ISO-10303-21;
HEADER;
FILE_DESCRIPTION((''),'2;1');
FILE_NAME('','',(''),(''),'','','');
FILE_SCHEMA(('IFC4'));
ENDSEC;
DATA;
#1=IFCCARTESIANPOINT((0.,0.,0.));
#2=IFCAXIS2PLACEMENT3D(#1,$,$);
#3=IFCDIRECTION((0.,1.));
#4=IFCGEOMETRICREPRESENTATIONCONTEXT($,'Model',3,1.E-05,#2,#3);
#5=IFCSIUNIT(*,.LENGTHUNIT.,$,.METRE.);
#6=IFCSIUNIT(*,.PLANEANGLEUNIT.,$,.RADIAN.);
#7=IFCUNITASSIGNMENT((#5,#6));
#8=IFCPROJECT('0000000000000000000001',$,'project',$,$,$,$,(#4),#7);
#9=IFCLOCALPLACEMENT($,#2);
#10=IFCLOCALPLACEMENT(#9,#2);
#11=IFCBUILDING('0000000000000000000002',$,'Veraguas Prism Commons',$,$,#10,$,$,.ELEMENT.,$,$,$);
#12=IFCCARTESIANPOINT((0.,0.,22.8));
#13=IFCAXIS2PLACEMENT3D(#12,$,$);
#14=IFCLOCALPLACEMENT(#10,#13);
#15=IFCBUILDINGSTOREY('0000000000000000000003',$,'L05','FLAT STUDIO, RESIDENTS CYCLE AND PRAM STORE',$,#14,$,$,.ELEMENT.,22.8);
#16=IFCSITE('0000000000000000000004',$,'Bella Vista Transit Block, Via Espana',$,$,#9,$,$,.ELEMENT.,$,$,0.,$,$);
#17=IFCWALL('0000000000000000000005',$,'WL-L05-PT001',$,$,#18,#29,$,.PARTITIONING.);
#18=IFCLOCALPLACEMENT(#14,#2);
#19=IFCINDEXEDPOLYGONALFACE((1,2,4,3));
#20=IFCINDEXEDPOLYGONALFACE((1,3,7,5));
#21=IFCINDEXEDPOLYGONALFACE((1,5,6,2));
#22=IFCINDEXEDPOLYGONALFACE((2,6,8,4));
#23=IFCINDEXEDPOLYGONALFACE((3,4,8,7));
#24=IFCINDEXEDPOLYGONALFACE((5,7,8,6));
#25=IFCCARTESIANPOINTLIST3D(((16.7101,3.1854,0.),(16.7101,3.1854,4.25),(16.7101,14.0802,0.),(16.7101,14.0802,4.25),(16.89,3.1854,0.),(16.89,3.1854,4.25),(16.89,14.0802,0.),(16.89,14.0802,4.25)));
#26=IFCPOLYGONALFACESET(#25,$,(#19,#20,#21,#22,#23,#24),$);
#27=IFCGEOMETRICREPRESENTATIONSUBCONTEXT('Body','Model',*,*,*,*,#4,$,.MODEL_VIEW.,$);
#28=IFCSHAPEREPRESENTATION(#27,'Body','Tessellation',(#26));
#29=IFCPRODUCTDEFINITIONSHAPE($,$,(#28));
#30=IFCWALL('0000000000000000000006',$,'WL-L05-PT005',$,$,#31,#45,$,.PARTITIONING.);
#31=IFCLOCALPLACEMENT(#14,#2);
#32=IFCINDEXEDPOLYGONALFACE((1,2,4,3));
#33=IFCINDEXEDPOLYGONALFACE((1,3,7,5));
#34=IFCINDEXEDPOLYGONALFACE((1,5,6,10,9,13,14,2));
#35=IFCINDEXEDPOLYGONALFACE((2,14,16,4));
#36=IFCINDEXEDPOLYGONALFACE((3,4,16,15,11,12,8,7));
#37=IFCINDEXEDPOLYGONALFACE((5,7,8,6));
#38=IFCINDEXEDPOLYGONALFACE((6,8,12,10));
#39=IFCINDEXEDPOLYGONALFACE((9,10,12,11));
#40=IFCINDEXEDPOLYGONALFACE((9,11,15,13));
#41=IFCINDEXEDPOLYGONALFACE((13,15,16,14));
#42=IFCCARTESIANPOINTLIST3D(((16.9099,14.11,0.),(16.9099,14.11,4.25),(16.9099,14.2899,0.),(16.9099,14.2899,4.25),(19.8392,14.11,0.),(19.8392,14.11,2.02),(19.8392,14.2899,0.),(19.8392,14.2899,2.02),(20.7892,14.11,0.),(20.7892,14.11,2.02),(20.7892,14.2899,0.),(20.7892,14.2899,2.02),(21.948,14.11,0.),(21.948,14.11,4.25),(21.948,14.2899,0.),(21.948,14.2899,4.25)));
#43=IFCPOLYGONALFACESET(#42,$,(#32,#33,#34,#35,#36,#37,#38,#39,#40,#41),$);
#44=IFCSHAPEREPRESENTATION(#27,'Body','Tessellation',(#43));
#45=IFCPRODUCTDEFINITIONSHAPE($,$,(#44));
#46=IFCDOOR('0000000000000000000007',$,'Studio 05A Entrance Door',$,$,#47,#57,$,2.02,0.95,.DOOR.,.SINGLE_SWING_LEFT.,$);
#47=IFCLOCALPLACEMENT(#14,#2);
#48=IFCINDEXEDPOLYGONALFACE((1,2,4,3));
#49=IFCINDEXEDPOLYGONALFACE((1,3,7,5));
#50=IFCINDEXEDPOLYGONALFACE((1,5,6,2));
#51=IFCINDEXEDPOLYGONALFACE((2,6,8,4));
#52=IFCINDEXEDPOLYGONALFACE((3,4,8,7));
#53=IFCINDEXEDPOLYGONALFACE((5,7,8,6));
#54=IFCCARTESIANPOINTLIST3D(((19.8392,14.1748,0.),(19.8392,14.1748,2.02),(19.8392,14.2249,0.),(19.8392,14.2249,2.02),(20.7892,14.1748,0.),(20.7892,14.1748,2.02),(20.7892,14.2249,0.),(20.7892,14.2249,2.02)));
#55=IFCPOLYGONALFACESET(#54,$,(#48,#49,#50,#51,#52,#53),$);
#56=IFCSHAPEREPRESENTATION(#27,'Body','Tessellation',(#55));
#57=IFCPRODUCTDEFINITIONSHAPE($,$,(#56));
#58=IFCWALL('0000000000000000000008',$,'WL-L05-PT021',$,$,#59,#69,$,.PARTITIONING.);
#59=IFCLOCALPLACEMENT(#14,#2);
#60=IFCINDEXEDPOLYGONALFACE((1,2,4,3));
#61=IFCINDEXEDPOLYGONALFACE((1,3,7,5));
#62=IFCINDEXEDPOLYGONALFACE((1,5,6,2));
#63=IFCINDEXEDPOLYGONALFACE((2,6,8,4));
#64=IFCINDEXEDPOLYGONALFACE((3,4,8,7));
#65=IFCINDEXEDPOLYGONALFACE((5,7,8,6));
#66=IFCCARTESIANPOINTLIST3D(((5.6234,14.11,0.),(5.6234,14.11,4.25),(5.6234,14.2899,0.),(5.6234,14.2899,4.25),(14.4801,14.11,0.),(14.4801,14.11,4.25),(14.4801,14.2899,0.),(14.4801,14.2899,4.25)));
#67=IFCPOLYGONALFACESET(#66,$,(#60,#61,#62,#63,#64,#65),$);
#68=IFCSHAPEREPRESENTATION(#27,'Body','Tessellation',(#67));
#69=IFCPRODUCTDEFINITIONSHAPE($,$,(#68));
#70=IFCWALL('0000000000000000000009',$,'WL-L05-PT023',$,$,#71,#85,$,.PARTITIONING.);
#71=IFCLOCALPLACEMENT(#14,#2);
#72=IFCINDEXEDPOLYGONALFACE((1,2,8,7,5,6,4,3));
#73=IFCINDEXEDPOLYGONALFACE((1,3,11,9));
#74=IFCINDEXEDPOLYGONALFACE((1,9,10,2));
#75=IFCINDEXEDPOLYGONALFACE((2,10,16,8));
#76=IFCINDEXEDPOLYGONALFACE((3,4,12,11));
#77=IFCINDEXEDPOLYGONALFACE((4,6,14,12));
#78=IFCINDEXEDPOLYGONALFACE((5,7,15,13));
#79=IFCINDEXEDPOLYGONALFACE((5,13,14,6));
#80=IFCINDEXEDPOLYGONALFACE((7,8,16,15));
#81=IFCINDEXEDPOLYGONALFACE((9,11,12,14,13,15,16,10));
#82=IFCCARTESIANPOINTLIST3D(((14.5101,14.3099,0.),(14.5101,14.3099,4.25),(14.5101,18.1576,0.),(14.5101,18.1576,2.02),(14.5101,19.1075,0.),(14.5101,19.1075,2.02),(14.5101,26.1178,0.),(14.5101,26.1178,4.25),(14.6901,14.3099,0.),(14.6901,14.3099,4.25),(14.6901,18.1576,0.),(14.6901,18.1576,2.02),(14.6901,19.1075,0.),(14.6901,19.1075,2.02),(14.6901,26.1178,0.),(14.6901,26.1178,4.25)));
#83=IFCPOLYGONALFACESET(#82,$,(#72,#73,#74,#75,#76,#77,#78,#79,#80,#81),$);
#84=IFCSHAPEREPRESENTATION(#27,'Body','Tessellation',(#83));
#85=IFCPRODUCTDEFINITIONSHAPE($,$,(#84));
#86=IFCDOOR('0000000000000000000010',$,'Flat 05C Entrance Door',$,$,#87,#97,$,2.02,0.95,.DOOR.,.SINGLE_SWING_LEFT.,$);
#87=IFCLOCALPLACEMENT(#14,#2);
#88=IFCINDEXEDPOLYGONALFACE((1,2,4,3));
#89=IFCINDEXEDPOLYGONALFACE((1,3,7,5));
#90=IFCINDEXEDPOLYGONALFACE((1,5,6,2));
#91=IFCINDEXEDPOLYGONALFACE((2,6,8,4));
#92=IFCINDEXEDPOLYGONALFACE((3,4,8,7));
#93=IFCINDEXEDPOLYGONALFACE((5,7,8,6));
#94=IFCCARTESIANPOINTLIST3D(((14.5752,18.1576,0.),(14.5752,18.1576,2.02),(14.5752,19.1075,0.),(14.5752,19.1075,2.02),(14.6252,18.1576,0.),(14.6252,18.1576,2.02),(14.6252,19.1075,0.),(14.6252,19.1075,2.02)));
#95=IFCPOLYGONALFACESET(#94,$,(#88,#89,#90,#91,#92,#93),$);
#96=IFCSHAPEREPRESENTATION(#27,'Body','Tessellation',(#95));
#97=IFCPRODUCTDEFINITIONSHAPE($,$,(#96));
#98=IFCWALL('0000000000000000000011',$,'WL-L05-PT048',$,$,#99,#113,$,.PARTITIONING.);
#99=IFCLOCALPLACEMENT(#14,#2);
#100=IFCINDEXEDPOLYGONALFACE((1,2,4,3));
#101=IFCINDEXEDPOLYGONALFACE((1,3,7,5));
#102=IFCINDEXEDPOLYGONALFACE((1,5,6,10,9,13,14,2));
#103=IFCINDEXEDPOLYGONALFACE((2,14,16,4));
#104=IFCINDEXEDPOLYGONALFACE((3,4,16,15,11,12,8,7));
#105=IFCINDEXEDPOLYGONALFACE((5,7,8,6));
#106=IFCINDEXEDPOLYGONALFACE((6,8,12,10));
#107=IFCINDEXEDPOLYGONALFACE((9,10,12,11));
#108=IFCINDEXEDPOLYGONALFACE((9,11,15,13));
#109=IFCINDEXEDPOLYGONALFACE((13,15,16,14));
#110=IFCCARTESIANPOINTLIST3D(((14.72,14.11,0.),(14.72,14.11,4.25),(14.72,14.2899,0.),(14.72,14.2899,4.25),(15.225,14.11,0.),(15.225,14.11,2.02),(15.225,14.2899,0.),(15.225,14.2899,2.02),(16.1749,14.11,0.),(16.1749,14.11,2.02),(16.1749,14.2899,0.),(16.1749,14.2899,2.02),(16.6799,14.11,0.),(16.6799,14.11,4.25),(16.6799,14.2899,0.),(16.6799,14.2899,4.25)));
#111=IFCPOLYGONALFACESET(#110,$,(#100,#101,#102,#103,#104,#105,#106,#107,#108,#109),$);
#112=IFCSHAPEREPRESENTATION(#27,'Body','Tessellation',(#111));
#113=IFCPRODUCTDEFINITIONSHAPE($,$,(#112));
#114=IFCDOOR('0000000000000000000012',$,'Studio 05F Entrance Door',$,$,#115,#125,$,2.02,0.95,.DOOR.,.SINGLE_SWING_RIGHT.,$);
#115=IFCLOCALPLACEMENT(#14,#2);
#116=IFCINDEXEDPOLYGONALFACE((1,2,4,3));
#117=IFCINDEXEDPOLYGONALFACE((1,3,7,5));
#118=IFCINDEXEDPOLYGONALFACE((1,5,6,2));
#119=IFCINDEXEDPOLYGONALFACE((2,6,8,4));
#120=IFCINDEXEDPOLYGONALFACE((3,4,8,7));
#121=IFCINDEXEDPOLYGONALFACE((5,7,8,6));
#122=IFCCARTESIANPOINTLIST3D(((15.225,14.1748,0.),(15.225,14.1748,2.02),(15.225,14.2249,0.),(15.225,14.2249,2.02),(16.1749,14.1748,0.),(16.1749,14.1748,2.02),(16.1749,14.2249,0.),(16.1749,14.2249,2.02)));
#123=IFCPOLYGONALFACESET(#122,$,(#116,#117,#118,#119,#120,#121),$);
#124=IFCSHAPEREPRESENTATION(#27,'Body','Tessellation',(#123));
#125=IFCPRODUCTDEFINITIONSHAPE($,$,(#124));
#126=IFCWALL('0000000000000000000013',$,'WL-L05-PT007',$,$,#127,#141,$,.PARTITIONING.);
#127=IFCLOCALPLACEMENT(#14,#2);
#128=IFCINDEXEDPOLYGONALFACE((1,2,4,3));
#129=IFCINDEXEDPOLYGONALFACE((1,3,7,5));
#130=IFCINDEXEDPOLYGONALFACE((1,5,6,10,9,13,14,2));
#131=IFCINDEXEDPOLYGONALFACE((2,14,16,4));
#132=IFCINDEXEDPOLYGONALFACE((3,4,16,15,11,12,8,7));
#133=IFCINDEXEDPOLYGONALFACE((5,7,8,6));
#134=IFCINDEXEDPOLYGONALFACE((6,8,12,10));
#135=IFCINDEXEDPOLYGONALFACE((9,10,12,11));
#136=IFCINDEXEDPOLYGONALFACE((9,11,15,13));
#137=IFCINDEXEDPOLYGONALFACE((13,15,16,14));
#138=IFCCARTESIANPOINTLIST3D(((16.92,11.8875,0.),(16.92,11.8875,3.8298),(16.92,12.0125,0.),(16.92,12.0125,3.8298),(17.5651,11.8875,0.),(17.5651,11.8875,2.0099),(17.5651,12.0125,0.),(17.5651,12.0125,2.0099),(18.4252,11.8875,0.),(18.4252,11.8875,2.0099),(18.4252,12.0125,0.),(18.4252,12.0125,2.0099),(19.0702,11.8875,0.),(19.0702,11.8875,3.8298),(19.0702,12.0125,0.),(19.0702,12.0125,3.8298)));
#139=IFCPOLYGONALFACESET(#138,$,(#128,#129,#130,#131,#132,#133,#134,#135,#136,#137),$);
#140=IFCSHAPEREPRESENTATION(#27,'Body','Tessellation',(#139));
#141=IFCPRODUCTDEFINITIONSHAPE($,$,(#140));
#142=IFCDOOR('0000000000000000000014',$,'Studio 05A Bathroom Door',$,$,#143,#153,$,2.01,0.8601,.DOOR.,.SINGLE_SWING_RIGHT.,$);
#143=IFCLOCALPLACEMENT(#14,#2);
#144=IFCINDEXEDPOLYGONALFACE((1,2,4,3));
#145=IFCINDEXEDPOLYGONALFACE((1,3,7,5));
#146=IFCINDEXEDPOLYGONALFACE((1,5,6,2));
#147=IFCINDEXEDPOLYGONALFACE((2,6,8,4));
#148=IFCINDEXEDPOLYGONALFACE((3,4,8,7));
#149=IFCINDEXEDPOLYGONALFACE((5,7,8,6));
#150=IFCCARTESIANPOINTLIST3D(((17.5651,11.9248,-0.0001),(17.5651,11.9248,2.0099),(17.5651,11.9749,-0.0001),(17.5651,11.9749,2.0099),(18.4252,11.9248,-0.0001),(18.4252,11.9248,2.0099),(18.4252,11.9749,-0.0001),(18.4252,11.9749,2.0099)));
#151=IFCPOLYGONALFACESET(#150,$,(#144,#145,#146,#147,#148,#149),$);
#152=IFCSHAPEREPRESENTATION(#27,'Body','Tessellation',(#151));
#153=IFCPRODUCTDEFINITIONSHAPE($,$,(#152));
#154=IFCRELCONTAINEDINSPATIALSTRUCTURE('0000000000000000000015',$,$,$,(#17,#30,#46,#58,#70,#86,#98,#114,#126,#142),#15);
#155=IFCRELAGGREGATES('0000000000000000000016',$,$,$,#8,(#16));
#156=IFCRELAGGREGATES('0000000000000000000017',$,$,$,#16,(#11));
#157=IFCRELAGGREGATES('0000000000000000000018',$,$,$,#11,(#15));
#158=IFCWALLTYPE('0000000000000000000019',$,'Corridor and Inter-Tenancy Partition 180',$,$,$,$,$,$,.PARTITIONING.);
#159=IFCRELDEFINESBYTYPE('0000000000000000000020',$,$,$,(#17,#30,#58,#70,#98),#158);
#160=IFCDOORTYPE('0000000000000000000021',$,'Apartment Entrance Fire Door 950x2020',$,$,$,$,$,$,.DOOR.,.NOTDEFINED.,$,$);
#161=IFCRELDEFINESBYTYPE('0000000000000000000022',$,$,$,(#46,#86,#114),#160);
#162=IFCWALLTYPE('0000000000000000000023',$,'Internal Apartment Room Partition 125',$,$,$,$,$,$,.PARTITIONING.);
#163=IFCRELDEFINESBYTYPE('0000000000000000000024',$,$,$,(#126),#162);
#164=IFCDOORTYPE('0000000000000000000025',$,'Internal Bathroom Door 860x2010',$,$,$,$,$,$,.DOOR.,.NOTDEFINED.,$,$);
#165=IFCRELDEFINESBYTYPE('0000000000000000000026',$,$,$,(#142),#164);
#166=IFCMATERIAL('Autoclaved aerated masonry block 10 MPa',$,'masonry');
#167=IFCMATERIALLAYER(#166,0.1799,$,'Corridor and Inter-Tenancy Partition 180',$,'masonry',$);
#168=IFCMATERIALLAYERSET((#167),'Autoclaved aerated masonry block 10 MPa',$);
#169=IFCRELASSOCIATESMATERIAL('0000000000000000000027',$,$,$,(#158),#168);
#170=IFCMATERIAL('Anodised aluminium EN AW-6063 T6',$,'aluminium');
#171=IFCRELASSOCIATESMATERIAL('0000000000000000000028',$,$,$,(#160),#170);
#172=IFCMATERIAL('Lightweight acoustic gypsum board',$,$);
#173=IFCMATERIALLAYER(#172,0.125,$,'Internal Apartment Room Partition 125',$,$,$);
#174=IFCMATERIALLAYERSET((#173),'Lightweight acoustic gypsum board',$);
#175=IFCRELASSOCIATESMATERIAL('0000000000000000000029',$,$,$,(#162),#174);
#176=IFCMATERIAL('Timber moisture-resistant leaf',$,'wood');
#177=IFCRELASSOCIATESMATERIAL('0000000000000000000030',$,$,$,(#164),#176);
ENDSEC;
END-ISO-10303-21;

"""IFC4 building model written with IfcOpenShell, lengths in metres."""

from ifc_helpers import new_model, si_unit, direction, frame, frame_2d, origin, place, context, subcontext, project, spatial, rectangle, extrude, source, transform, mapped, material, layer, layer_set, type_object, element, fill, save


model = new_model("IFC4")

# Units and contexts
model_context = context("Model", 3, precision=1e-05, world=origin(), true_north=direction((0.0, 1.0)))
body_context = subcontext(model_context, "Body", "Model", "MODEL_VIEW")
ifc_project = project(units=[si_unit("LENGTHUNIT", "METRE"), si_unit("PLANEANGLEUNIT", "RADIAN")], contexts=[model_context])

# Site, building, storey
site_placement = place(None, origin())
site = spatial("IfcSite", under=ifc_project, at=site_placement, Name="Bella Vista Transit Block, Via Espana", CompositionType="ELEMENT", RefElevation=0.0)
building_placement = place(site_placement, origin())
building = spatial("IfcBuilding", under=site, at=building_placement, Name="Veraguas Prism Commons", CompositionType="ELEMENT")
storey_placement = place(building_placement, frame((0.0, 0.0, 22.8)))
storey = spatial("IfcBuildingStorey", under=building, at=storey_placement, Name="L05", Description="FLAT STUDIO, RESIDENTS CYCLE AND PRAM STORE", CompositionType="ELEMENT", Elevation=22.8)

# Wall
ifc_material_1 = material(Name="Autoclaved aerated masonry block 10 MPa", Category="masonry")
ifc_layer_1 = layer(ifc_material_1, 0.1799, Name="Corridor and Inter-Tenancy Partition 180", Category="masonry")
ifc_layer_set_1 = layer_set([ifc_layer_1], Name="Autoclaved aerated masonry block 10 MPa")
wall_type_1 = type_object("IfcWallType", Name="Corridor and Inter-Tenancy Partition 180", PredefinedType="PARTITIONING", material=ifc_layer_set_1)
wall_1_placement = place(storey_placement, frame((16.8, 14.0801, 0.0), z_axis=(0.0, 0.0, 1.0), x_axis=(0.0, -1.0, 0.0)))
element("IfcWall", 1, at=wall_1_placement, inside=storey, type_object=wall_type_1, Name="WL-L05-PT001", PredefinedType="PARTITIONING", context=body_context, shape_type="SweptSolid", body=[
    extrude(rectangle(XDim=10.8948, YDim=0.1799, at=frame_2d((5.4473, 0.0))), origin(), (0.0, 0.0, 1.0), 4.25),
])

# Wall, opening, door
wall_2_placement = place(storey_placement, frame((16.9099, 14.2, 0.0), z_axis=(0.0, 0.0, 1.0), x_axis=(1.0, 0.0, 0.0)))
wall_2 = element("IfcWall", 2, at=wall_2_placement, inside=storey, type_object=wall_type_1, Name="WL-L05-PT005", PredefinedType="PARTITIONING", context=body_context, shape_type="SweptSolid", body=[
    extrude(rectangle(XDim=5.0381, YDim=0.1799, at=frame_2d((2.519, 0.0))), origin(), (0.0, 0.0, 1.0), 4.25),
])
opening_1_placement = place(wall_2_placement, frame((2.9292, 0.0, 0.0)))
opening_1 = element("IfcOpeningElement", 3, at=opening_1_placement, cuts=wall_2, PredefinedType="OPENING", context=body_context, shape_type="SweptSolid", body=[
    extrude(rectangle(XDim=0.95, YDim=2.02, at=frame_2d((0.4751, 1.01))), frame((0.0, 0.0999, 0.0), z_axis=(0.0, -1.0, 0.0), x_axis=(1.0, 0.0, 0.0)), (0.0, 0.0, 1.0), 0.2),
])
ifc_material_2 = material(Name="Anodised aluminium EN AW-6063 T6", Category="aluminium")
door_type_1 = type_object("IfcDoorType", Name="Apartment Entrance Fire Door 950x2020", OperationType="NOTDEFINED", PredefinedType="DOOR", material=ifc_material_2)
shared_shape_1 = source(origin(), body_context, "Body", "SweptSolid", [
    extrude(rectangle(XDim=0.95, YDim=2.02, at=frame_2d((0.4751, 1.01))), frame((0.0, 0.0249, 0.0), z_axis=(0.0, -1.0, 0.0), x_axis=(1.0, 0.0, 0.0)), (0.0, 0.0, 1.0), 0.05),
])
door_1_placement = place(opening_1_placement, origin())
door_1 = element("IfcDoor", 4, at=door_1_placement, inside=storey, type_object=door_type_1, Name="Studio 05A Entrance Door", OperationType="SINGLE_SWING_LEFT", OverallHeight=2.02, OverallWidth=0.95, PredefinedType="DOOR", context=body_context, shape_type="MappedRepresentation", body=[
    mapped(shared_shape_1, transform((0.0, 0.0, 0.0), scale=1.0)),
])
fill(opening_1, door_1)

# Wall
wall_3_placement = place(storey_placement, frame((14.48, 14.2, 0.0), z_axis=(0.0, 0.0, 1.0), x_axis=(-1.0, 0.0, 0.0)))
element("IfcWall", 5, at=wall_3_placement, inside=storey, type_object=wall_type_1, Name="WL-L05-PT021", PredefinedType="PARTITIONING", context=body_context, shape_type="SweptSolid", body=[
    extrude(rectangle(XDim=8.8567, YDim=0.1799, at=frame_2d((4.4282, 0.0))), origin(), (0.0, 0.0, 1.0), 4.25),
])

# Walls, openings, doors
wall_4_placement = place(storey_placement, frame((14.6001, 14.3101, 0.0), z_axis=(0.0, 0.0, 1.0), x_axis=(0.0, 1.0, 0.0)))
wall_4 = element("IfcWall", 6, at=wall_4_placement, inside=storey, type_object=wall_type_1, Name="WL-L05-PT023", PredefinedType="PARTITIONING", context=body_context, shape_type="SweptSolid", body=[
    extrude(rectangle(XDim=11.8079, YDim=0.1799, at=frame_2d((5.9038, 0.0))), origin(), (0.0, 0.0, 1.0), 4.25),
])
opening_2_placement = place(wall_4_placement, frame((3.8474, 0.0, 0.0)))
opening_2 = element("IfcOpeningElement", 7, at=opening_2_placement, cuts=wall_4, PredefinedType="OPENING", context=body_context, shape_type="SweptSolid", body=[
    extrude(rectangle(XDim=0.95, YDim=2.02, at=frame_2d((0.4751, 1.01))), frame((0.0, 0.0999, 0.0), z_axis=(0.0, -1.0, 0.0), x_axis=(1.0, 0.0, 0.0)), (0.0, 0.0, 1.0), 0.2),
])
door_2_placement = place(opening_2_placement, origin())
door_2 = element("IfcDoor", 8, at=door_2_placement, inside=storey, type_object=door_type_1, Name="Flat 05C Entrance Door", OperationType="SINGLE_SWING_LEFT", OverallHeight=2.02, OverallWidth=0.95, PredefinedType="DOOR", context=body_context, shape_type="MappedRepresentation", body=[
    mapped(shared_shape_1, transform((0.0, 0.0, 0.0), scale=1.0)),
])
fill(opening_2, door_2)
wall_5_placement = place(storey_placement, frame((14.72, 14.2, 0.0), z_axis=(0.0, 0.0, 1.0), x_axis=(1.0, 0.0, 0.0)))
wall_5 = element("IfcWall", 9, at=wall_5_placement, inside=storey, type_object=wall_type_1, Name="WL-L05-PT048", PredefinedType="PARTITIONING", context=body_context, shape_type="SweptSolid", body=[
    extrude(rectangle(XDim=1.96, YDim=0.1799, at=frame_2d((0.98, 0.0))), origin(), (0.0, 0.0, 1.0), 4.25),
])
opening_3_placement = place(wall_5_placement, frame((0.5049, 0.0, 0.0)))
opening_3 = element("IfcOpeningElement", 10, at=opening_3_placement, cuts=wall_5, PredefinedType="OPENING", context=body_context, shape_type="SweptSolid", body=[
    extrude(rectangle(XDim=0.95, YDim=2.02, at=frame_2d((0.4751, 1.01))), frame((0.0, 0.0999, 0.0), z_axis=(0.0, -1.0, 0.0), x_axis=(1.0, 0.0, 0.0)), (0.0, 0.0, 1.0), 0.2),
])
door_3_placement = place(opening_3_placement, origin())
door_3 = element("IfcDoor", 11, at=door_3_placement, inside=storey, type_object=door_type_1, Name="Studio 05F Entrance Door", OperationType="SINGLE_SWING_RIGHT", OverallHeight=2.02, OverallWidth=0.95, PredefinedType="DOOR", context=body_context, shape_type="MappedRepresentation", body=[
    mapped(shared_shape_1, transform((0.0, 0.0, 0.0), scale=1.0)),
])
fill(opening_3, door_3)
ifc_material_3 = material(Name="Lightweight acoustic gypsum board")
ifc_layer_2 = layer(ifc_material_3, 0.125, Name="Internal Apartment Room Partition 125")
ifc_layer_set_2 = layer_set([ifc_layer_2], Name="Lightweight acoustic gypsum board")
wall_type_2 = type_object("IfcWallType", Name="Internal Apartment Room Partition 125", PredefinedType="PARTITIONING", material=ifc_layer_set_2)
wall_6_placement = place(storey_placement, frame((16.9199, 11.95, 0.0), z_axis=(0.0, 0.0, 1.0), x_axis=(1.0, 0.0, 0.0)))
wall_6 = element("IfcWall", 12, at=wall_6_placement, inside=storey, type_object=wall_type_2, Name="WL-L05-PT007", PredefinedType="PARTITIONING", context=body_context, shape_type="SweptSolid", body=[
    extrude(rectangle(XDim=2.1501, YDim=0.125, at=frame_2d((1.0752, 0.0))), origin(), (0.0, 0.0, 1.0), 3.8298),
])
opening_4_placement = place(wall_6_placement, frame((0.645, 0.0, 0.0)))
opening_4 = element("IfcOpeningElement", 13, at=opening_4_placement, cuts=wall_6, PredefinedType="OPENING", context=body_context, shape_type="SweptSolid", body=[
    extrude(rectangle(XDim=0.8601, YDim=2.01, at=frame_2d((0.4302, 1.0049))), frame((0.0, 0.0725, 0.0), z_axis=(0.0, -1.0, 0.0), x_axis=(1.0, 0.0, 0.0)), (0.0, 0.0, 1.0), 0.145),
])
ifc_material_4 = material(Name="Timber moisture-resistant leaf", Category="wood")
door_type_2 = type_object("IfcDoorType", Name="Internal Bathroom Door 860x2010", OperationType="NOTDEFINED", PredefinedType="DOOR", material=ifc_material_4)
shared_shape_2 = source(origin(), body_context, "Body", "SweptSolid", [
    extrude(rectangle(XDim=0.8601, YDim=2.01, at=frame_2d((0.4302, 1.0049))), frame((0.0, 0.0249, 0.0), z_axis=(0.0, -1.0, 0.0), x_axis=(1.0, 0.0, 0.0)), (0.0, 0.0, 1.0), 0.05),
])
door_4_placement = place(opening_4_placement, origin())
door_4 = element("IfcDoor", 14, at=door_4_placement, inside=storey, type_object=door_type_2, Name="Studio 05A Bathroom Door", OperationType="SINGLE_SWING_RIGHT", OverallHeight=2.01, OverallWidth=0.8601, PredefinedType="DOOR", context=body_context, shape_type="MappedRepresentation", body=[
    mapped(shared_shape_2, transform((0.0, 0.0, 0.0), scale=1.0)),
])
fill(opening_4, door_4)

save(model, "model.ifc")
